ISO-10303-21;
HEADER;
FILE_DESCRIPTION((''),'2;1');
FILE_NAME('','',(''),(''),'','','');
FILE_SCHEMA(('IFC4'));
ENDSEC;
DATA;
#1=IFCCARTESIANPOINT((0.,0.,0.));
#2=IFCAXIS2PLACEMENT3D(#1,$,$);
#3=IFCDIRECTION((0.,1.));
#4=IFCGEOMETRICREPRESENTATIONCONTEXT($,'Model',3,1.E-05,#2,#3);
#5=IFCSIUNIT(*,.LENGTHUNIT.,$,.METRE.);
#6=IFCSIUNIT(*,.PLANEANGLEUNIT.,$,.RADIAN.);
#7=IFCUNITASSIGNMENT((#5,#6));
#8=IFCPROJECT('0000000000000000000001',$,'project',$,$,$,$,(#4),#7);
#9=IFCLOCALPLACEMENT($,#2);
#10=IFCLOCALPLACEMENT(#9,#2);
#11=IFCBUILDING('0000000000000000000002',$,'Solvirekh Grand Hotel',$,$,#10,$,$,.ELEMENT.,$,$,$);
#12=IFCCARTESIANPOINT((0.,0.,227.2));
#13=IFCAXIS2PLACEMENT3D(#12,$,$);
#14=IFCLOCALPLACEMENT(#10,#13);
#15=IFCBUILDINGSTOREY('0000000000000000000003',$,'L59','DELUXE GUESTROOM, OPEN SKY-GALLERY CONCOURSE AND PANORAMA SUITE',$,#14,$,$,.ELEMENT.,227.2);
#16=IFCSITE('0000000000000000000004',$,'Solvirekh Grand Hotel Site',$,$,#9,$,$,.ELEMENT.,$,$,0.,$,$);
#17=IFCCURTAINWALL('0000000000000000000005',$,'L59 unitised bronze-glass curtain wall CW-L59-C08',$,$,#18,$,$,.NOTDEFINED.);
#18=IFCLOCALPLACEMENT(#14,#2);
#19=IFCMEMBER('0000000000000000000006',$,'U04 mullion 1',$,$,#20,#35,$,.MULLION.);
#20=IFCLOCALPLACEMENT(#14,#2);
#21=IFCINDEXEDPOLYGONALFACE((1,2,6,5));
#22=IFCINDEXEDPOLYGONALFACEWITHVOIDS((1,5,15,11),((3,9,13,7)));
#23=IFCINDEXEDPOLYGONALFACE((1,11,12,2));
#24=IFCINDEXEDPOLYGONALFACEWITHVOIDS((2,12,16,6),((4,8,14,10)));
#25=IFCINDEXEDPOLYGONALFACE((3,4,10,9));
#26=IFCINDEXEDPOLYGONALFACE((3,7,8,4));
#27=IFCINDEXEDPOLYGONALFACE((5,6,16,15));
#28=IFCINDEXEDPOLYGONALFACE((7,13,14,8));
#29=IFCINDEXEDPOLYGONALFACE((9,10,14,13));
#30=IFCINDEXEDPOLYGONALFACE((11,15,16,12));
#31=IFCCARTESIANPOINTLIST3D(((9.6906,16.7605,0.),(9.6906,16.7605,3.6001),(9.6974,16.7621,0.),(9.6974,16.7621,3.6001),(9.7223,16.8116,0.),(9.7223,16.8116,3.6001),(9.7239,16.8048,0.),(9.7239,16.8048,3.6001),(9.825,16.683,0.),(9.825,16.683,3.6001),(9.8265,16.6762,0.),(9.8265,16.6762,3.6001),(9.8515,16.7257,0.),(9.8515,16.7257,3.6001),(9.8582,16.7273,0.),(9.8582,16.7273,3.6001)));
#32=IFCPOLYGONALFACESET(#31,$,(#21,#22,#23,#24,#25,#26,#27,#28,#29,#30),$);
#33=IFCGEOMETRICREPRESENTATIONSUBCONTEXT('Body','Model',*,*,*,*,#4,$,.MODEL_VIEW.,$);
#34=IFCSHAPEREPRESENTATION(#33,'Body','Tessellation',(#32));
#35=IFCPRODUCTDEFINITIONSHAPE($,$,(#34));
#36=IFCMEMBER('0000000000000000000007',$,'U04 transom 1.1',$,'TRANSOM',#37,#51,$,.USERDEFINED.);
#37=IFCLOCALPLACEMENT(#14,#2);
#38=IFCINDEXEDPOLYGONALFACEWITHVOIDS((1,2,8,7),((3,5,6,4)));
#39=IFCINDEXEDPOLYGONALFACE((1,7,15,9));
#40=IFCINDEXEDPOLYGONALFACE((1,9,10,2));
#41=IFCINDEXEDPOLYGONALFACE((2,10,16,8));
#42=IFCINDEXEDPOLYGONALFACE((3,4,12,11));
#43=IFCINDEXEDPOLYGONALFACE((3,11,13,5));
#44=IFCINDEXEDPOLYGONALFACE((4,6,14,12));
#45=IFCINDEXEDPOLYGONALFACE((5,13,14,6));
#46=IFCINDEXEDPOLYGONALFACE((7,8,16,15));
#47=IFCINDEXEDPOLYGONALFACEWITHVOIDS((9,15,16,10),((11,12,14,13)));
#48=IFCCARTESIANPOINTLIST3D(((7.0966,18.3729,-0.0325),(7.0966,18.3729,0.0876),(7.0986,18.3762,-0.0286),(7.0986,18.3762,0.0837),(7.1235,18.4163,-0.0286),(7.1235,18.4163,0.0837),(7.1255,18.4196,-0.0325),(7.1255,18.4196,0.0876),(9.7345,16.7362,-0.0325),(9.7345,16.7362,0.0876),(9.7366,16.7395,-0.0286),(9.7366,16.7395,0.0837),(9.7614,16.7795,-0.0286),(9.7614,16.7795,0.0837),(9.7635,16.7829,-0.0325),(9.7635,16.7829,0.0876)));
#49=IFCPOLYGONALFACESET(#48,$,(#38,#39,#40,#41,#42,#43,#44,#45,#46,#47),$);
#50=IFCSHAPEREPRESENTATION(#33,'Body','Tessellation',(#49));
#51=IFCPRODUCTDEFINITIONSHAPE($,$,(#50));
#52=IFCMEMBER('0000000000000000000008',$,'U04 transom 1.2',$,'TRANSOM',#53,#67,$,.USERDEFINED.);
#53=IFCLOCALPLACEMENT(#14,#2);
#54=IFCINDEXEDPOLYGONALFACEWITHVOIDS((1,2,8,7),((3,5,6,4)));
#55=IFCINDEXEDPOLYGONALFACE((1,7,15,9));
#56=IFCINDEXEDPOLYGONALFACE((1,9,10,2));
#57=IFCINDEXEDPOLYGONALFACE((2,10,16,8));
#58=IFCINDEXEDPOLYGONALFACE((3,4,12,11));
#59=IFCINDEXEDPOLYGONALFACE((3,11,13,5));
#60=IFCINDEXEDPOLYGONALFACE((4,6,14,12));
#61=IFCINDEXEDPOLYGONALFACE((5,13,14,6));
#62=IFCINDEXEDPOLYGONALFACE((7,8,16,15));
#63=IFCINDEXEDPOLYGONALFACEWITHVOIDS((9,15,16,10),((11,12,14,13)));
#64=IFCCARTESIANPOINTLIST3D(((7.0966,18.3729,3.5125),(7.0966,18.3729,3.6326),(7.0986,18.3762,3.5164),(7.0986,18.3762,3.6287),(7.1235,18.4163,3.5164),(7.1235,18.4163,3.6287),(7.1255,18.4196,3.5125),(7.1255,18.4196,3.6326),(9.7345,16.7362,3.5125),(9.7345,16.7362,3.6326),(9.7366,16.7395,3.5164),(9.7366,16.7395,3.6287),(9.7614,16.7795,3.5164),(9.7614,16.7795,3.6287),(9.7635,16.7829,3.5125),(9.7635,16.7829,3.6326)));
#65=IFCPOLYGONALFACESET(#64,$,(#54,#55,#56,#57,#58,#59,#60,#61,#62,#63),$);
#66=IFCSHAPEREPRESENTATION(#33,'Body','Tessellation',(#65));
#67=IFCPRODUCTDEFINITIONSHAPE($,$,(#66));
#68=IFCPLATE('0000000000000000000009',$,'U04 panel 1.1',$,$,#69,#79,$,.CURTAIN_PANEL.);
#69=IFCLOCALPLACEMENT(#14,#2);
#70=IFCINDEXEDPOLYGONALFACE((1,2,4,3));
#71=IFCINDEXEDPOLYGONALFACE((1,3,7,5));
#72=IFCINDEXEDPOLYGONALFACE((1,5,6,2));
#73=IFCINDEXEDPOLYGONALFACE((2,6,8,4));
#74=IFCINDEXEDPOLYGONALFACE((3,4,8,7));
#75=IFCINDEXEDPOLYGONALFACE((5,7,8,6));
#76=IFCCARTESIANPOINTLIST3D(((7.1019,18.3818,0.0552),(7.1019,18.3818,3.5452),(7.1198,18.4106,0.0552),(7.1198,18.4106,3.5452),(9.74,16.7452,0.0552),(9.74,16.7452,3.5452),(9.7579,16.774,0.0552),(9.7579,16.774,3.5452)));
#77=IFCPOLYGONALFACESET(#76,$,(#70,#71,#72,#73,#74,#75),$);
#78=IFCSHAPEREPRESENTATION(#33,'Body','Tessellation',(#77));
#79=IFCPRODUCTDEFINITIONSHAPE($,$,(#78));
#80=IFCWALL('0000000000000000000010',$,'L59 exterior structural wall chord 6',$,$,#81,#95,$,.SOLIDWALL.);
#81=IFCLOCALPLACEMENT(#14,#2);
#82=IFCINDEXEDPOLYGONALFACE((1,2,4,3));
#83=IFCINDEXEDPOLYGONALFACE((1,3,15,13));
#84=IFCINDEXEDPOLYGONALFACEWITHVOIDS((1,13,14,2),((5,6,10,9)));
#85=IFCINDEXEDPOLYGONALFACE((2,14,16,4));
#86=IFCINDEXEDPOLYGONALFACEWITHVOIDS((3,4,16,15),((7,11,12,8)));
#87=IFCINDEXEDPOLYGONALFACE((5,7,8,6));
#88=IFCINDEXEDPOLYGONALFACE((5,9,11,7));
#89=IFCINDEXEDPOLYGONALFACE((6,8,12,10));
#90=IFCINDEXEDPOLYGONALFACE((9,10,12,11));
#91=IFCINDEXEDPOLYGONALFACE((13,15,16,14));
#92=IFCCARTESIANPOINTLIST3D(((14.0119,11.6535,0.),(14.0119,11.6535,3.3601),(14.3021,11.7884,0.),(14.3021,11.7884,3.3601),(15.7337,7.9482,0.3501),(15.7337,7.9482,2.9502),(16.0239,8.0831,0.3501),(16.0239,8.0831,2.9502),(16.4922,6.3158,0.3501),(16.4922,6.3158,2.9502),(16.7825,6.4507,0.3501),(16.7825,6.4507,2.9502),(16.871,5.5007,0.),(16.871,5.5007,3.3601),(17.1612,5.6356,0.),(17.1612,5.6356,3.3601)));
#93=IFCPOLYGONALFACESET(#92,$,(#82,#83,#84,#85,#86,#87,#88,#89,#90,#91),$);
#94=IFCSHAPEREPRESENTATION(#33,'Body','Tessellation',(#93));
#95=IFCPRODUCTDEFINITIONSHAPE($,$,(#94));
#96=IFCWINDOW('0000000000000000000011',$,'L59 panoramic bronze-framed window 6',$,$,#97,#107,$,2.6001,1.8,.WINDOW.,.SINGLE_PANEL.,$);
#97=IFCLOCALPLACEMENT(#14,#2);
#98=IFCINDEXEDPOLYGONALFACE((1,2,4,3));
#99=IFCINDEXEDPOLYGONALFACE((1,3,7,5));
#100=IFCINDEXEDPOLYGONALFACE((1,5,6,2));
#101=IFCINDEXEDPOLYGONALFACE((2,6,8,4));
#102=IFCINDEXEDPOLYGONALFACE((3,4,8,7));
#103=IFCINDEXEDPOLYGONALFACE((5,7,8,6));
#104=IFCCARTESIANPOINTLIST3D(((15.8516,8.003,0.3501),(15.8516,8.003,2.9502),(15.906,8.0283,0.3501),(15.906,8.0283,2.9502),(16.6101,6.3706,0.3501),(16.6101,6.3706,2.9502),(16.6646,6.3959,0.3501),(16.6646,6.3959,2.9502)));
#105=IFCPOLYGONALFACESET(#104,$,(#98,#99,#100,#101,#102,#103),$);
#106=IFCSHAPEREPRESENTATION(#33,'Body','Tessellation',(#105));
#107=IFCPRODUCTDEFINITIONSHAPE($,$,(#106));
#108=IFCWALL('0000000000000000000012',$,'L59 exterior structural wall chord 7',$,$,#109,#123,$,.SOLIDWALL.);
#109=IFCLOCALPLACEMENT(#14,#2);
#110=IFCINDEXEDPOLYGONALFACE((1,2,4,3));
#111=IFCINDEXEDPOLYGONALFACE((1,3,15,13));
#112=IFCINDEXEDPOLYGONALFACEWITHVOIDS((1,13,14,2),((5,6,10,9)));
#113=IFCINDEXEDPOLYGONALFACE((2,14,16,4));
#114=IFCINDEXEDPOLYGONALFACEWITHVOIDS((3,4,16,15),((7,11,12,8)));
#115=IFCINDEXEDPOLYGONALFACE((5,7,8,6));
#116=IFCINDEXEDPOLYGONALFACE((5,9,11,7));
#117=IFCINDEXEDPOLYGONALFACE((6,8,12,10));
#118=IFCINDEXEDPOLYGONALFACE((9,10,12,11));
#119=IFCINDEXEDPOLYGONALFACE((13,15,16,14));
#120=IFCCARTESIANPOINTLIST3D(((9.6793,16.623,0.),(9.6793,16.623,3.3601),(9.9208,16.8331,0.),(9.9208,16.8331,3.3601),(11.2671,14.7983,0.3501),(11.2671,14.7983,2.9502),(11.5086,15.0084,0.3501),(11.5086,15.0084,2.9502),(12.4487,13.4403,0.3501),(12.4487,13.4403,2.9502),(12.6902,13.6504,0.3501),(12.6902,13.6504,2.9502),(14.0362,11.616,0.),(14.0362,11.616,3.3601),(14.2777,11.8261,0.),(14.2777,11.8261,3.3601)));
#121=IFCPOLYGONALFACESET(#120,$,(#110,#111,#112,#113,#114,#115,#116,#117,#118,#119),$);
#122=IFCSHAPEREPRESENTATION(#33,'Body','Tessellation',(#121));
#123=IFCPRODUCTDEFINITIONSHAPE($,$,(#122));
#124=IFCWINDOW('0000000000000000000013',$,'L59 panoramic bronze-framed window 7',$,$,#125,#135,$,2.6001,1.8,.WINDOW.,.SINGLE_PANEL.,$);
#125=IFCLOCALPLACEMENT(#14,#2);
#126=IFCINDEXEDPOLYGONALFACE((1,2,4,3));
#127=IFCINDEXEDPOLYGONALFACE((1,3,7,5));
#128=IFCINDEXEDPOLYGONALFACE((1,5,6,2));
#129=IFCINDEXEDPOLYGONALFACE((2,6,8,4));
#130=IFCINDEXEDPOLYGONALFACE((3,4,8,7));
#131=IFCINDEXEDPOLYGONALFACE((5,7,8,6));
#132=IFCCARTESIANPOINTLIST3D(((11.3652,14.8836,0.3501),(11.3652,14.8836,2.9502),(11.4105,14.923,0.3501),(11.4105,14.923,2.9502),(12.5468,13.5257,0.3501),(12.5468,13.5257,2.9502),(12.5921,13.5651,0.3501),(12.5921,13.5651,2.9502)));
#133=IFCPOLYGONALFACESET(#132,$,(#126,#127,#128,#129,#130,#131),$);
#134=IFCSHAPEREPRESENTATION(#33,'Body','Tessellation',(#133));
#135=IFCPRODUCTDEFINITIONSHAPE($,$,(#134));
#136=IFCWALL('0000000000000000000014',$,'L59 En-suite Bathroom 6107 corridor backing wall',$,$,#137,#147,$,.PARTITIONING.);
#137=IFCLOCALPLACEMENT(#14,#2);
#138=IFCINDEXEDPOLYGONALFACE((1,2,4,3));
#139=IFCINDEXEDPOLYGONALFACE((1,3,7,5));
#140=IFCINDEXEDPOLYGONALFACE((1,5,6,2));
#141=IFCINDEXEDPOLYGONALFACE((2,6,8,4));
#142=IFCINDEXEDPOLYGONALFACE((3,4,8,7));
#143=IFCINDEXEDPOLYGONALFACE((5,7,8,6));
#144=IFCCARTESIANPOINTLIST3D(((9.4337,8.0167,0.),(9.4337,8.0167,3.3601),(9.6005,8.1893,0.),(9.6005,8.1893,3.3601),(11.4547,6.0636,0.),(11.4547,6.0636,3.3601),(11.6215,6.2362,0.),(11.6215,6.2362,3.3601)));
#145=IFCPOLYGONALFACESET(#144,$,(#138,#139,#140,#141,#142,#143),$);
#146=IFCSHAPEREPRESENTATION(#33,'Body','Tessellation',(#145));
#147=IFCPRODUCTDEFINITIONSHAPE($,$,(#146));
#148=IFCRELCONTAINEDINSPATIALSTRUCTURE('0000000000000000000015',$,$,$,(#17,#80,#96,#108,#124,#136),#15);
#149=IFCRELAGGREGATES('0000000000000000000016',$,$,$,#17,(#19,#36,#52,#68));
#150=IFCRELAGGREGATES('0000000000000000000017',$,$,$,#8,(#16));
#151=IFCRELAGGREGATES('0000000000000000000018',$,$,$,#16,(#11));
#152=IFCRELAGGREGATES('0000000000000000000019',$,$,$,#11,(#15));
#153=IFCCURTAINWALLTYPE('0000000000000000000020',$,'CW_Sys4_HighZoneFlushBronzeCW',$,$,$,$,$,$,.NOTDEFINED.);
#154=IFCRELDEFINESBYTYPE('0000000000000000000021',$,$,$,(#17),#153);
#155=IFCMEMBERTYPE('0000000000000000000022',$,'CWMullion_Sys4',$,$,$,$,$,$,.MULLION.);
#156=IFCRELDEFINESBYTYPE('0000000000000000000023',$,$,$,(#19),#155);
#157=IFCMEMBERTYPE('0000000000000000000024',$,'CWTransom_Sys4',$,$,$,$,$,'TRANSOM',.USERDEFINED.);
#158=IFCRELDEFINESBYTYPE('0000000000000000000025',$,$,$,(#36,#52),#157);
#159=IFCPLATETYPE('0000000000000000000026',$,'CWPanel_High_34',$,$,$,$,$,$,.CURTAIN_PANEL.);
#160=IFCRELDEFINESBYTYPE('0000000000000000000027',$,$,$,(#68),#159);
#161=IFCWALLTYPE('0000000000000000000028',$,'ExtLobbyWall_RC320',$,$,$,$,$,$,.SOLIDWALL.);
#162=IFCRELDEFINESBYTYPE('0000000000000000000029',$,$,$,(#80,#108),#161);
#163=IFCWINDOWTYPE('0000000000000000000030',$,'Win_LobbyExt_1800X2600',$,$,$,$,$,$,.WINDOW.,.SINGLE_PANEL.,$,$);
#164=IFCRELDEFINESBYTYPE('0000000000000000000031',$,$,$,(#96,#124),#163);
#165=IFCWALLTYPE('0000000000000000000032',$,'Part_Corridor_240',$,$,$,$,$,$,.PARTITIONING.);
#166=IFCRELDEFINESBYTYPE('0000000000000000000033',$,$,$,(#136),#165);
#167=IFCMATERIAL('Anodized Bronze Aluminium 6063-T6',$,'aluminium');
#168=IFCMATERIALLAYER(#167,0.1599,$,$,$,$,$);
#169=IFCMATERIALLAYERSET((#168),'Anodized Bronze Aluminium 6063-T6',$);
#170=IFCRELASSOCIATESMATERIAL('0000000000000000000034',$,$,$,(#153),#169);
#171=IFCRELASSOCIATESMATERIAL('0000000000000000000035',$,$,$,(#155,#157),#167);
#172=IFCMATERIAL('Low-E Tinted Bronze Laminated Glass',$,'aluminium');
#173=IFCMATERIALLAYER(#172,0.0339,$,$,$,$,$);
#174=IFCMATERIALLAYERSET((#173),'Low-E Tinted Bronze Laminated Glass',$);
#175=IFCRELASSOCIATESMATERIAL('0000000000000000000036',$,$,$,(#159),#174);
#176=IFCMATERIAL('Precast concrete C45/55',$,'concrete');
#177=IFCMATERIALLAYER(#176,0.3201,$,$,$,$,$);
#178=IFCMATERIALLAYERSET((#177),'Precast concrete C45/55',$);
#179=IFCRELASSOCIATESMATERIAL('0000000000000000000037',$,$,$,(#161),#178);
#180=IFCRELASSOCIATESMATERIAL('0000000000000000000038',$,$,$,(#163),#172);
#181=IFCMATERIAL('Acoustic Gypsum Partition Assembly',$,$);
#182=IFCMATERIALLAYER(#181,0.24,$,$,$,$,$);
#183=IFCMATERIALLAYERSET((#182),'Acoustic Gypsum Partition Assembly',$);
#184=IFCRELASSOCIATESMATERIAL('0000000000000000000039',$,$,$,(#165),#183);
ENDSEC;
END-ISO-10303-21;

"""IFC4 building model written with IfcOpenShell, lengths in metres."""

from ifc_helpers import new_model, si_unit, direction, frame, frame_2d, origin, origin_2d, place, context, subcontext, project, spatial, rectangle, hollow_rectangle, extrude, source, transform, mapped, material, layer, layer_set, material_profile, profile_set, type_object, element, fill, aggregate, save


model = new_model("IFC4")

# Units and contexts
model_context = context("Model", 3, precision=1e-05, world=origin(), true_north=direction((0.0, 1.0)))
body_context = subcontext(model_context, "Body", "Model", "MODEL_VIEW")
ifc_project = project(units=[si_unit("LENGTHUNIT", "METRE"), si_unit("PLANEANGLEUNIT", "RADIAN")], contexts=[model_context])

# Site, building, storey
site_placement = place(None, origin())
site = spatial("IfcSite", under=ifc_project, at=site_placement, Name="Solvirekh Grand Hotel Site", CompositionType="ELEMENT", RefElevation=0.0)
building_placement = place(site_placement, origin())
building = spatial("IfcBuilding", under=site, at=building_placement, Name="Solvirekh Grand Hotel", CompositionType="ELEMENT")
storey_placement = place(building_placement, frame((0.0, 0.0, 227.2)))
storey = spatial("IfcBuildingStorey", under=building, at=storey_placement, Name="L59", Description="DELUXE GUESTROOM, OPEN SKY-GALLERY CONCOURSE AND PANORAMA SUITE", CompositionType="ELEMENT", Elevation=227.2)

# Curtain wall, members, plate
ifc_material_1 = material(Name="Anodized Bronze Aluminium 6063-T6", Category="aluminium")
ifc_layer_1 = layer(ifc_material_1, 0.1599)
ifc_layer_set_1 = layer_set([ifc_layer_1], Name="Anodized Bronze Aluminium 6063-T6")
curtain_wall_type = type_object("IfcCurtainWallType", Name="CW_Sys4_HighZoneFlushBronzeCW", PredefinedType="NOTDEFINED", material=ifc_layer_set_1)
curtain_wall_placement = place(storey_placement, origin())
curtain_wall = element("IfcCurtainWall", 1, at=curtain_wall_placement, inside=storey, type_object=curtain_wall_type, Name="L59 unitised bronze-glass curtain wall CW-L59-C08", PredefinedType="NOTDEFINED")
ifc_material_profile_1 = material_profile(ifc_material_1, hollow_rectangle(XDim=0.0601, YDim=0.1599, WallThickness=0.0049, at=origin_2d()), Name="ALU RHS 160X60X5")
ifc_profile_set_1 = profile_set([ifc_material_profile_1], Name="Anodized Bronze Aluminium 6063-T6")
member_type_1 = type_object("IfcMemberType", Name="CWMullion_Sys4", PredefinedType="MULLION", material=ifc_profile_set_1)
shared_shape_1 = source(origin(), body_context, "Body", "SweptSolid", [
    extrude(hollow_rectangle(XDim=0.0601, YDim=0.1599, WallThickness=0.0049, at=origin_2d()), origin(), (0.0, 0.0, 1.0), 3.6001),
])
member_1_placement = place(storey_placement, frame((9.7744, 16.7439, 0.0), z_axis=(0.0, 0.0, 1.0), x_axis=(-0.527168, -0.849761, 0.0)))
member_1 = element("IfcMember", 2, at=member_1_placement, type_object=member_type_1, Name="U04 mullion 1", PredefinedType="MULLION", context=body_context, shape_type="MappedRepresentation", body=[
    mapped(shared_shape_1, transform((0.0, 0.0, 0.0), x_axis=(1.0, 0.0, 0.0), y_axis=(0.0, 1.0, 0.0), z_axis=(0.0, 0.0, 1.0), scale=1.0)),
])
ifc_material_profile_2 = material_profile(ifc_material_1, hollow_rectangle(XDim=0.0549, YDim=0.1201, WallThickness=0.0039, at=origin_2d()), Name="ALU RHS 120X55X4")
ifc_profile_set_2 = profile_set([ifc_material_profile_2], Name="Anodized Bronze Aluminium 6063-T6")
member_type_2 = type_object("IfcMemberType", Name="CWTransom_Sys4", ElementType="TRANSOM", PredefinedType="USERDEFINED", material=ifc_profile_set_2)
shared_shape_2 = source(origin(), body_context, "Body", "SweptSolid", [
    extrude(hollow_rectangle(XDim=0.0549, YDim=0.1201, WallThickness=0.0039, at=origin_2d()), origin(), (0.0, 0.0, 1.0), 3.1045),
])
member_2_placement = place(storey_placement, frame((9.749, 16.7595, 0.0276), z_axis=(-0.84973, 0.527218, 0.0), x_axis=(-0.527218, -0.84973, 0.0)))
member_2 = element("IfcMember", 3, at=member_2_placement, type_object=member_type_2, Name="U04 transom 1.1", ObjectType="TRANSOM", PredefinedType="USERDEFINED", context=body_context, shape_type="MappedRepresentation", body=[
    mapped(shared_shape_2, transform((0.0, 0.0, 0.0), x_axis=(1.0, 0.0, 0.0), y_axis=(0.0, 1.0, 0.0), z_axis=(0.0, 0.0, 1.0), scale=1.0)),
])
member_3_placement = place(storey_placement, frame((9.749, 16.7595, 3.5725), z_axis=(-0.84973, 0.527218, 0.0), x_axis=(-0.527218, -0.84973, 0.0)))
member_3 = element("IfcMember", 4, at=member_3_placement, type_object=member_type_2, Name="U04 transom 1.2", ObjectType="TRANSOM", PredefinedType="USERDEFINED", context=body_context, shape_type="MappedRepresentation", body=[
    mapped(shared_shape_2, transform((0.0, 0.0, 0.0), x_axis=(1.0, 0.0, 0.0), y_axis=(0.0, 1.0, 0.0), z_axis=(0.0, 0.0, 1.0), scale=1.0)),
])
ifc_material_2 = material(Name="Low-E Tinted Bronze Laminated Glass", Category="aluminium")
ifc_layer_2 = layer(ifc_material_2, 0.0339)
ifc_layer_set_2 = layer_set([ifc_layer_2], Name="Low-E Tinted Bronze Laminated Glass")
plate_type = type_object("IfcPlateType", Name="CWPanel_High_34", PredefinedType="CURTAIN_PANEL", material=ifc_layer_set_2)
shared_shape_3 = source(origin(), body_context, "Body", "SweptSolid", [
    extrude(rectangle(XDim=3.1045, YDim=0.0339, at=origin_2d()), origin(), (0.0, 0.0, 1.0), 3.49),
])
plate_placement = place(storey_placement, frame((8.4299, 17.5779, 0.0552), z_axis=(0.0, 0.0, 1.0), x_axis=(-0.849761, 0.527168, 0.0)))
plate = element("IfcPlate", 5, at=plate_placement, type_object=plate_type, Name="U04 panel 1.1", PredefinedType="CURTAIN_PANEL", context=body_context, shape_type="MappedRepresentation", body=[
    mapped(shared_shape_3, transform((0.0, 0.0, 0.0), x_axis=(1.0, 0.0, 0.0), y_axis=(0.0, 1.0, 0.0), z_axis=(0.0, 0.0, 1.0), scale=1.0)),
])
aggregate(curtain_wall, [member_1, member_2, member_3, plate])

# Walls, openings, windows
ifc_material_3 = material(Name="Precast concrete C45/55", Category="concrete")
ifc_layer_3 = layer(ifc_material_3, 0.3201)
ifc_layer_set_3 = layer_set([ifc_layer_3], Name="Precast concrete C45/55")
wall_type_1 = type_object("IfcWallType", Name="ExtLobbyWall_RC320", PredefinedType="SOLIDWALL", material=ifc_layer_set_3)
wall_1_placement = place(storey_placement, frame((14.157, 11.7209, 0.0), z_axis=(0.0, 0.0, 1.0), x_axis=(0.421409, -0.90687, 0.0)))
wall_1 = element("IfcWall", 6, at=wall_1_placement, inside=storey, type_object=wall_type_1, Name="L59 exterior structural wall chord 6", PredefinedType="SOLIDWALL", context=body_context, shape_type="SweptSolid", body=[
    extrude(rectangle(XDim=6.7847, YDim=0.3201, at=frame_2d((3.3923, 0.0))), origin(), (0.0, 0.0, 1.0), 3.3601),
])
opening_1_placement = place(wall_1_placement, frame((4.0859, 0.0, 0.3501)))
opening_1 = element("IfcOpeningElement", 7, at=opening_1_placement, cuts=wall_1, PredefinedType="OPENING", context=body_context, shape_type="SweptSolid", body=[
    extrude(rectangle(XDim=1.8, YDim=2.6001, at=frame_2d((0.8999, 1.3))), frame((0.0, 0.1699, 0.0), z_axis=(0.0, -1.0, 0.0), x_axis=(1.0, 0.0, 0.0)), (0.0, 0.0, 1.0), 0.3401),
])
window_type = type_object("IfcWindowType", Name="Win_LobbyExt_1800X2600", PartitioningType="SINGLE_PANEL", PredefinedType="WINDOW", material=ifc_material_2)
window_1_placement = place(opening_1_placement, origin())
window_1 = element("IfcWindow", 8, at=window_1_placement, inside=storey, type_object=window_type, Name="L59 panoramic bronze-framed window 6", OverallHeight=2.6001, OverallWidth=1.8, PartitioningType="SINGLE_PANEL", PredefinedType="WINDOW", context=body_context, shape_type="SweptSolid", body=[
    extrude(rectangle(XDim=1.8, YDim=2.6001, at=frame_2d((0.8999, 1.3))), frame((0.0, 0.03, 0.0), z_axis=(0.0, -1.0, 0.0), x_axis=(1.0, 0.0, 0.0)), (0.0, 0.0, 1.0), 0.0601),
])
fill(opening_1, window_1)
wall_2_placement = place(storey_placement, frame((9.8, 16.728, 0.0), z_axis=(0.0, 0.0, 1.0), x_axis=(0.656432, -0.754385, 0.0)))
wall_2 = element("IfcWall", 9, at=wall_2_placement, inside=storey, type_object=wall_type_1, Name="L59 exterior structural wall chord 7", PredefinedType="SOLIDWALL", context=body_context, shape_type="SweptSolid", body=[
    extrude(rectangle(XDim=6.6372, YDim=0.3201, at=frame_2d((3.3186, 0.0))), origin(), (0.0, 0.0, 1.0), 3.3601),
])
opening_2_placement = place(wall_2_placement, frame((2.4189, 0.0, 0.3501)))
opening_2 = element("IfcOpeningElement", 10, at=opening_2_placement, cuts=wall_2, PredefinedType="OPENING", context=body_context, shape_type="SweptSolid", body=[
    extrude(rectangle(XDim=1.8, YDim=2.6001, at=frame_2d((0.8999, 1.3))), frame((0.0, 0.1699, 0.0), z_axis=(0.0, -1.0, 0.0), x_axis=(1.0, 0.0, 0.0)), (0.0, 0.0, 1.0), 0.3401),
])
window_2_placement = place(opening_2_placement, origin())
window_2 = element("IfcWindow", 11, at=window_2_placement, inside=storey, type_object=window_type, Name="L59 panoramic bronze-framed window 7", OverallHeight=2.6001, OverallWidth=1.8, PartitioningType="SINGLE_PANEL", PredefinedType="WINDOW", context=body_context, shape_type="SweptSolid", body=[
    extrude(rectangle(XDim=1.8, YDim=2.6001, at=frame_2d((0.8999, 1.3))), frame((0.0, 0.03, 0.0), z_axis=(0.0, -1.0, 0.0), x_axis=(1.0, 0.0, 0.0)), (0.0, 0.0, 1.0), 0.0601),
])
fill(opening_2, window_2)

# Wall
ifc_material_4 = material(Name="Acoustic Gypsum Partition Assembly")
ifc_layer_4 = layer(ifc_material_4, 0.24)
ifc_layer_set_4 = layer_set([ifc_layer_4], Name="Acoustic Gypsum Partition Assembly")
wall_type_2 = type_object("IfcWallType", Name="Part_Corridor_240", PredefinedType="PARTITIONING", material=ifc_layer_set_4)
wall_3_placement = place(storey_placement, frame((11.5381, 6.1499, 0.0), z_axis=(0.0, 0.0, 1.0), x_axis=(-0.719078, 0.694929, 0.0)))
element("IfcWall", 12, at=wall_3_placement, inside=storey, type_object=wall_type_2, Name="L59 En-suite Bathroom 6107 corridor backing wall", PredefinedType="PARTITIONING", context=body_context, shape_type="SweptSolid", body=[
    extrude(rectangle(XDim=2.8105, YDim=0.24, at=frame_2d((1.4053, 0.0))), origin(), (0.0, 0.0, 1.0), 3.3601),
])

save(model, "model.ifc")
